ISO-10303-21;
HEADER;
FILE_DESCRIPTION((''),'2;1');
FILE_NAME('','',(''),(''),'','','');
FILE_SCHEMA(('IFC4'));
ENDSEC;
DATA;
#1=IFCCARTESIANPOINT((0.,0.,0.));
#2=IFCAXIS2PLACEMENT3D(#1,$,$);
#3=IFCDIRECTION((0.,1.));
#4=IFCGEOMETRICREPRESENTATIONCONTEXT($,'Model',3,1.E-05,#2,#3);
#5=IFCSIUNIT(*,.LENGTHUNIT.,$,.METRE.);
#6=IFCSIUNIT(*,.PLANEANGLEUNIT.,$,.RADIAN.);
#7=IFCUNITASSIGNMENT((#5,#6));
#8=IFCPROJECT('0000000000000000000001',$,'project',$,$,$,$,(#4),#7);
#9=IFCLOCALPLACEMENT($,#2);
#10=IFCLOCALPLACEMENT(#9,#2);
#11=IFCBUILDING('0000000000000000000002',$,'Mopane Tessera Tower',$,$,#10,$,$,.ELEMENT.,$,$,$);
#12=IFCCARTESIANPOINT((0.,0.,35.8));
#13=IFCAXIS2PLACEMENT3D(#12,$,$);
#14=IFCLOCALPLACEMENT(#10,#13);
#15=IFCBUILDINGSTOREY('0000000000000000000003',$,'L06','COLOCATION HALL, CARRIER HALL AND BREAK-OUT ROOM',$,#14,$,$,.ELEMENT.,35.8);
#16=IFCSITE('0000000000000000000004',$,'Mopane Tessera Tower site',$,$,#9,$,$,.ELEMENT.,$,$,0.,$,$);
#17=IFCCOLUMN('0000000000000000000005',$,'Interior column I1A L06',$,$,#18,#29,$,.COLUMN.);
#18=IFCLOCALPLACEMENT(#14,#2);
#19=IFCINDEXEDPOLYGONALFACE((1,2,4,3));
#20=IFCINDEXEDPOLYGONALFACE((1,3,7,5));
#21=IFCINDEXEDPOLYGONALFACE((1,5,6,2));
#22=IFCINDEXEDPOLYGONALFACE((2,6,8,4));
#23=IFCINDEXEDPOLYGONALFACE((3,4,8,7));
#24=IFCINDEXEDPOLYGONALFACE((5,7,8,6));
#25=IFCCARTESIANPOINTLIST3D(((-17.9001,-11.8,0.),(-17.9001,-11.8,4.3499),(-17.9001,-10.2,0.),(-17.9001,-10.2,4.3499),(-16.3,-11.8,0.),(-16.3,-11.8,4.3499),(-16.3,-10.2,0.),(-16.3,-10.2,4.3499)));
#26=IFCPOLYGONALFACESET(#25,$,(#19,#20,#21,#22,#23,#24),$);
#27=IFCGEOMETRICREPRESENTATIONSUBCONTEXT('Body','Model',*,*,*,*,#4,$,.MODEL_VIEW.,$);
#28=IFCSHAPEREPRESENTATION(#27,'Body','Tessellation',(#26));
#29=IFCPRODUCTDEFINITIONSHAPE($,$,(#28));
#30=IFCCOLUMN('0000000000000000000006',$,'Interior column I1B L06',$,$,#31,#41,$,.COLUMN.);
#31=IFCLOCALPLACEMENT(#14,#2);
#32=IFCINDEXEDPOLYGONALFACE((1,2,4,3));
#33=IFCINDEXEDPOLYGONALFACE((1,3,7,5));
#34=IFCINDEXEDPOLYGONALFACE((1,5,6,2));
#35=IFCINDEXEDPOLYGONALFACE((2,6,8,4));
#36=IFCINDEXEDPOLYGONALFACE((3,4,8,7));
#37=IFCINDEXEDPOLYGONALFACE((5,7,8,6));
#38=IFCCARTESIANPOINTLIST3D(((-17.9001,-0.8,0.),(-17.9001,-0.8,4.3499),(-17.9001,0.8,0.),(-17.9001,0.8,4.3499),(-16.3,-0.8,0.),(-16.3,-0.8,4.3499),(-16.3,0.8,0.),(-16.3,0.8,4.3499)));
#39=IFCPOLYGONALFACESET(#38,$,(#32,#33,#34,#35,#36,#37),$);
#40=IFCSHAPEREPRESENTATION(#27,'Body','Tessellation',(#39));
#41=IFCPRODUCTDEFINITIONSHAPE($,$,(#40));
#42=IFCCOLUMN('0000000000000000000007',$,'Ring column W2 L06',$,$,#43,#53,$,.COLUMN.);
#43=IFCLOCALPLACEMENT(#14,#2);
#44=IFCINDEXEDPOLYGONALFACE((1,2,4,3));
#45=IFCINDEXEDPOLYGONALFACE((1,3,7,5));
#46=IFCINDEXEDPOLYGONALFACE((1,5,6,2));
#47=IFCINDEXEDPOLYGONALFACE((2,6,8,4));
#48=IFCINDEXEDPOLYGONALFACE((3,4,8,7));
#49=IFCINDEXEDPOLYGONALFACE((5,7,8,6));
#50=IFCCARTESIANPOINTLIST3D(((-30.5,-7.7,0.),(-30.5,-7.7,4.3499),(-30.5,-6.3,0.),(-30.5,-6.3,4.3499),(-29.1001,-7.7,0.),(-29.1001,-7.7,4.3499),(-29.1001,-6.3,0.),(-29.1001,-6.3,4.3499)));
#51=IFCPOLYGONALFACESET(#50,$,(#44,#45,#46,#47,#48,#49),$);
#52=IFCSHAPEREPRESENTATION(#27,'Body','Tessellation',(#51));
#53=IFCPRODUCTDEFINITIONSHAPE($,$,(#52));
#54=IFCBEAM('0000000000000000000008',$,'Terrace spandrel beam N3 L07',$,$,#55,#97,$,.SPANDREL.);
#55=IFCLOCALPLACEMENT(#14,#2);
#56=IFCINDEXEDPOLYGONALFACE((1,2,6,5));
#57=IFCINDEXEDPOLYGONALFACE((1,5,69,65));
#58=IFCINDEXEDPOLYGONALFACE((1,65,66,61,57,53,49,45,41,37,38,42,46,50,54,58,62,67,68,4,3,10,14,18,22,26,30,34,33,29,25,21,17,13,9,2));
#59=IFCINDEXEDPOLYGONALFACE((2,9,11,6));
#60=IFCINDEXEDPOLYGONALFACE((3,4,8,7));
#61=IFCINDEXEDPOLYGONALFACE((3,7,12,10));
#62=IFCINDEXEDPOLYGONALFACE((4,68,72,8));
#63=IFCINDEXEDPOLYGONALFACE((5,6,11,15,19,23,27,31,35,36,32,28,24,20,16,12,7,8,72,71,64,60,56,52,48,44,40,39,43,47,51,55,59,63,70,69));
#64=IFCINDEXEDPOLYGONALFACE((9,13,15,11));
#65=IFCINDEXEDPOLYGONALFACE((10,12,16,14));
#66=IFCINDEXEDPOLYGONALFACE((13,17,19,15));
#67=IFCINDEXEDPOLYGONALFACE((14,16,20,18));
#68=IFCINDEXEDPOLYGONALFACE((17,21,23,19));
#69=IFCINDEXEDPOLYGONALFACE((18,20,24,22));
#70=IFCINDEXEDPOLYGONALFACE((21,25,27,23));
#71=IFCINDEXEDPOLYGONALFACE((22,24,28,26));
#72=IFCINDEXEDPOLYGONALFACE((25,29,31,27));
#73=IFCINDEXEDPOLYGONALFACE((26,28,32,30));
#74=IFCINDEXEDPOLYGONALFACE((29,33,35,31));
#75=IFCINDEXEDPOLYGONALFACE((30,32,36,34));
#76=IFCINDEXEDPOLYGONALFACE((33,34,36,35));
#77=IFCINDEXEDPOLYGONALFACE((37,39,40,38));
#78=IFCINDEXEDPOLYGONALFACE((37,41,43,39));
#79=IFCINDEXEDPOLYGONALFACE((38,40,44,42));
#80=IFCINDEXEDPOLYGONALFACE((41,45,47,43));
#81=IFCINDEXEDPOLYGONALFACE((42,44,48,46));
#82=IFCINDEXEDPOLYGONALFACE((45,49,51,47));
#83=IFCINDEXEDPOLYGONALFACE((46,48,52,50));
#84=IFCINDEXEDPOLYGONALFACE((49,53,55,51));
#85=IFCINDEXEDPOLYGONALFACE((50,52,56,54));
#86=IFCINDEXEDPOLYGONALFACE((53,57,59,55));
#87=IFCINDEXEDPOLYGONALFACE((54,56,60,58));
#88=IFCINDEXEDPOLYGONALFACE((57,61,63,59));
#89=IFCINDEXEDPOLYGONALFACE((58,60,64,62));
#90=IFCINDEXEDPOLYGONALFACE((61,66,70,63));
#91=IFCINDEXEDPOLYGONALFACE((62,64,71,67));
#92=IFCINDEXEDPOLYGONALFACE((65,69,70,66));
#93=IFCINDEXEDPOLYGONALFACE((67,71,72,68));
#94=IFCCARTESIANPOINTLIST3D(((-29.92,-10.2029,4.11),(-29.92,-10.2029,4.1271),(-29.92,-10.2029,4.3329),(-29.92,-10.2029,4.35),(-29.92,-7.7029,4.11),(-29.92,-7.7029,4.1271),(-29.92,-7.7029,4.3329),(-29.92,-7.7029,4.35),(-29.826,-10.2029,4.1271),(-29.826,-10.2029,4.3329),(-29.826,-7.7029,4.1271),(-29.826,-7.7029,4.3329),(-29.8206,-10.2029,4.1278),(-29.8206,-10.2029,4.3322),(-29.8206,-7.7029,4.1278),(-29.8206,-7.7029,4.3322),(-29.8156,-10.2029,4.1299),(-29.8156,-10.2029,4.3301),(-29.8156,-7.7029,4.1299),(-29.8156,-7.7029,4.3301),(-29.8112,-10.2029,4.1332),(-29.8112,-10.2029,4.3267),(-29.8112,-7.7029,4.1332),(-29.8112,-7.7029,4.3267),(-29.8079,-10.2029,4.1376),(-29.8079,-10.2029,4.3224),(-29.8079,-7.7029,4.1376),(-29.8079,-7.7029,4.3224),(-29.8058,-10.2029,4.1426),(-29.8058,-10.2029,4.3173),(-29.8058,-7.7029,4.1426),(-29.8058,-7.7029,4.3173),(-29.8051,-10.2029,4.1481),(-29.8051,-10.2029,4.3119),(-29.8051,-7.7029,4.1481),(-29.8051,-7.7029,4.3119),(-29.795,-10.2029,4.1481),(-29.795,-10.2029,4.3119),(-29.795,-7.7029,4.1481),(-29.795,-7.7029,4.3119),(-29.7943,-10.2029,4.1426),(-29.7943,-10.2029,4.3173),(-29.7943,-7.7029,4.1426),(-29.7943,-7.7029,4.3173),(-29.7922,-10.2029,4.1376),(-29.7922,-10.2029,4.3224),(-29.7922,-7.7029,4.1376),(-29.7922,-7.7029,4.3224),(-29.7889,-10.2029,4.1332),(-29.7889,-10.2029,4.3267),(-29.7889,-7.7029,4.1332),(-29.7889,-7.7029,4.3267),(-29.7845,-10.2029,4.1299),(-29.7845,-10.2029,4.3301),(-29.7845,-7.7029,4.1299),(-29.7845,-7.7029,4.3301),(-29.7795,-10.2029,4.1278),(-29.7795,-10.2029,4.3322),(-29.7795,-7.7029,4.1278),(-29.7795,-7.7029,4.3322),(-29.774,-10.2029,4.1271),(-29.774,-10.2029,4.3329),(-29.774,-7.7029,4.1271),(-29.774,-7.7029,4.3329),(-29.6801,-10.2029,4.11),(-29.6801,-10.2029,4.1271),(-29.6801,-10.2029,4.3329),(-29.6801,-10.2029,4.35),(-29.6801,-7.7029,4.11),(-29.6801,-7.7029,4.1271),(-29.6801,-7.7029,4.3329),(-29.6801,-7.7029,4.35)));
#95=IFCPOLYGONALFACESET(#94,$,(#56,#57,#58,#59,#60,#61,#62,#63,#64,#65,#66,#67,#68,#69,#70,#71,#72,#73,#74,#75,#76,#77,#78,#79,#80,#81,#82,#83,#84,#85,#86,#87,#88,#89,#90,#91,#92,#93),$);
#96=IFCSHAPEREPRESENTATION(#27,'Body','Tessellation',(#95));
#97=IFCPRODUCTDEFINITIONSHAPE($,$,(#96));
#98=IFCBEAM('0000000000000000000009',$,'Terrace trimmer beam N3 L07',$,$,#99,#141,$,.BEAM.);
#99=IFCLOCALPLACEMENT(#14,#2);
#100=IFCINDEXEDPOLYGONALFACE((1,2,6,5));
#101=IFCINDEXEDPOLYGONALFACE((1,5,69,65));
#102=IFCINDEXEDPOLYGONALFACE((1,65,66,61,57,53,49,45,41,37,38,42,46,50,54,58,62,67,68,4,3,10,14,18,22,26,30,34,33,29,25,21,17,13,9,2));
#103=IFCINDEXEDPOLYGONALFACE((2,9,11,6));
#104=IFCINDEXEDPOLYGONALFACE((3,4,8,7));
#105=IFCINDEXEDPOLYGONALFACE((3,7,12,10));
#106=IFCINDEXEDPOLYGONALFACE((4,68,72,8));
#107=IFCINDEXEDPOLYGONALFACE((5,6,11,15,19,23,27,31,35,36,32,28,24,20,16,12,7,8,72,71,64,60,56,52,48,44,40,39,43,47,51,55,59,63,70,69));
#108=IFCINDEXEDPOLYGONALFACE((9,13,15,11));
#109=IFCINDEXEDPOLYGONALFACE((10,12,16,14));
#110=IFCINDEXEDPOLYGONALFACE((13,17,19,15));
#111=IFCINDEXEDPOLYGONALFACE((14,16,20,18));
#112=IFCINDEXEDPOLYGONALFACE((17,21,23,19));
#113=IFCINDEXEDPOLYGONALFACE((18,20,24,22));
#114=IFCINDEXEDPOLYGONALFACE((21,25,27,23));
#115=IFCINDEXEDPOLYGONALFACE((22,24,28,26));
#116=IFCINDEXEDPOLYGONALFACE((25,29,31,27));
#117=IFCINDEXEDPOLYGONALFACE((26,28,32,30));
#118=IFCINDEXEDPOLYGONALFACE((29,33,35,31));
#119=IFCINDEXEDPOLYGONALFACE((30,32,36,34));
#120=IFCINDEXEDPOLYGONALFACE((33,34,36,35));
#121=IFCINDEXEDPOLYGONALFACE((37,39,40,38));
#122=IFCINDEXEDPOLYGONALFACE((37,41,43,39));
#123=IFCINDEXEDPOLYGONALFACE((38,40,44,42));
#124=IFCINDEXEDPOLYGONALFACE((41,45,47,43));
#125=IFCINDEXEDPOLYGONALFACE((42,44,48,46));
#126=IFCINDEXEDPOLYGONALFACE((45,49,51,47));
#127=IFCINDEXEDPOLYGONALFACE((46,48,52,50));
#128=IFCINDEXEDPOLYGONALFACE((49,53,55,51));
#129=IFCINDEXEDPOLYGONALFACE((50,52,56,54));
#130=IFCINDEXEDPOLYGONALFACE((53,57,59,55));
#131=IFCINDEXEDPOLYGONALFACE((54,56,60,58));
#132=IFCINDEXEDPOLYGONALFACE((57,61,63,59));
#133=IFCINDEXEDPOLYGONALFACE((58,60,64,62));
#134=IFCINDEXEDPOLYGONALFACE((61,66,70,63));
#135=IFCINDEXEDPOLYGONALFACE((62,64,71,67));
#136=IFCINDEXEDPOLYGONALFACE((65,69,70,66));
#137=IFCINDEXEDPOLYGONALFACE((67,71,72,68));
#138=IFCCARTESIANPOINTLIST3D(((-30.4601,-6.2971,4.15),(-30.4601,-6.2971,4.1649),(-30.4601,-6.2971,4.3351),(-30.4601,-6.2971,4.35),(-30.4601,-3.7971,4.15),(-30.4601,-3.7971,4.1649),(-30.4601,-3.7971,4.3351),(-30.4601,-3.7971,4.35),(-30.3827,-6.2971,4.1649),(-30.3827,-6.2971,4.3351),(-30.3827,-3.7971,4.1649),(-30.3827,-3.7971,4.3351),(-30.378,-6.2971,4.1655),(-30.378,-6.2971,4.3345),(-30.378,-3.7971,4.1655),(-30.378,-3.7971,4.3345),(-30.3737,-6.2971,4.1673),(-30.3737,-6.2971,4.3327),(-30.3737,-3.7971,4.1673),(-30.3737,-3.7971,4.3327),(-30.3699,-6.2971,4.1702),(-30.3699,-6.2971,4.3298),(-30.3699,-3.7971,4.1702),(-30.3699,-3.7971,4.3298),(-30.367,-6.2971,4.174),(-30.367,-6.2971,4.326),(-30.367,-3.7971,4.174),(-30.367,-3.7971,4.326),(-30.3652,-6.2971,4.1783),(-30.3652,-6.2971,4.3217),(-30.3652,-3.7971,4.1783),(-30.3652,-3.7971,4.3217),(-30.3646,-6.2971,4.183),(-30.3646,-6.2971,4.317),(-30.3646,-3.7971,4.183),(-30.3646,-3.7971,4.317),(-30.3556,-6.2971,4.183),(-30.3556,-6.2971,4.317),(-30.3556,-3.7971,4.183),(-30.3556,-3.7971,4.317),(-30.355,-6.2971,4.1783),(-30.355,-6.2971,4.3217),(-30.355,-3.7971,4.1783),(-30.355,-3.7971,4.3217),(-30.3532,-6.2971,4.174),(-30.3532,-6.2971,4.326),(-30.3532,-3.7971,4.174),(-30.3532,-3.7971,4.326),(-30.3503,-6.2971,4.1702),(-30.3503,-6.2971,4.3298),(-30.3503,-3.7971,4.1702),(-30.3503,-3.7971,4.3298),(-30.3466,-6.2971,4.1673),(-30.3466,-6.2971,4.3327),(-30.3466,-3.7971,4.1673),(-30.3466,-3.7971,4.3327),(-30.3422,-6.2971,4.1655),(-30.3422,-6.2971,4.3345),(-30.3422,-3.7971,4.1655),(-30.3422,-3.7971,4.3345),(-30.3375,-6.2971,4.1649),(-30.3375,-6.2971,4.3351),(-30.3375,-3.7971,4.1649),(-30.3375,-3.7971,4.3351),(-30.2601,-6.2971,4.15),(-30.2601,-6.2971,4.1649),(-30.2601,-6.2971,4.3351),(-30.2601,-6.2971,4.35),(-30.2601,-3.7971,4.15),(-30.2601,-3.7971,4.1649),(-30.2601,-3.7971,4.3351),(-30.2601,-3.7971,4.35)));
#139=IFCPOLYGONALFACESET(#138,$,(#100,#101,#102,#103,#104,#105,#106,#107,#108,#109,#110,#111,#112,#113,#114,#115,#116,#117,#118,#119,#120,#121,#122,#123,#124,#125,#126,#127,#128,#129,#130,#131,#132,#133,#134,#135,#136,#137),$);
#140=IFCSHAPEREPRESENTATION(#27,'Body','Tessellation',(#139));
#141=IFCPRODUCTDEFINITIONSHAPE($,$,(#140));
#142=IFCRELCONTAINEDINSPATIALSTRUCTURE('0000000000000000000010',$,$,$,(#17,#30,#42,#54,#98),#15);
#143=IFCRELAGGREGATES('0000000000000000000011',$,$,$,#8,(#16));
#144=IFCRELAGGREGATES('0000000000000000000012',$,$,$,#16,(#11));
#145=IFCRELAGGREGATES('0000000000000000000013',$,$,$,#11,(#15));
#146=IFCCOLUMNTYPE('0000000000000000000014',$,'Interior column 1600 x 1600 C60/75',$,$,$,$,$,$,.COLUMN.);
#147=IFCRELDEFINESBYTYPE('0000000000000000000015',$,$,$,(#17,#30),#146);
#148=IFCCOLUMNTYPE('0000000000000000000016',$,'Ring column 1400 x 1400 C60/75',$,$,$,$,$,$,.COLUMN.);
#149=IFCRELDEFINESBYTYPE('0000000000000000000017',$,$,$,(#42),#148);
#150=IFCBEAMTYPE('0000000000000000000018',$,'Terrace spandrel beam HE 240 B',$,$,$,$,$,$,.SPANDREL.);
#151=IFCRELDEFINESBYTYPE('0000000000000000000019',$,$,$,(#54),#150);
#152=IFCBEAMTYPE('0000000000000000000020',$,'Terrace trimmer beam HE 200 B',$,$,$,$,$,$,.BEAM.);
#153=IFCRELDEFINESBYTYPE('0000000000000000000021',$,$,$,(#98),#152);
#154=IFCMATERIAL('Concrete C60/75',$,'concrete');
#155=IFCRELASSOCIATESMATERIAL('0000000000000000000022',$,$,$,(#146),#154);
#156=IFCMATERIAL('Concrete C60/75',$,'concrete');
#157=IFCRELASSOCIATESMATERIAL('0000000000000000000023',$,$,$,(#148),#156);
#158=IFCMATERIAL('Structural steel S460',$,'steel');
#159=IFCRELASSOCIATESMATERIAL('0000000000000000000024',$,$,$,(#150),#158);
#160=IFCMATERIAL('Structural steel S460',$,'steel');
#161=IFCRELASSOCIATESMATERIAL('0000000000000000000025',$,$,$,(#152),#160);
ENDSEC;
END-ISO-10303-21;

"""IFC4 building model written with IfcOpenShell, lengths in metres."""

from ifc_helpers import new_model, si_unit, direction, frame, origin, origin_2d, place, context, subcontext, project, spatial, rectangle, i_section, extrude, material, material_profile, profile_set, type_object, element, save


model = new_model("IFC4")

# Units and contexts
model_context = context("Model", 3, precision=1e-05, world=origin(), true_north=direction((0.0, 1.0)))
body_context = subcontext(model_context, "Body", "Model", "MODEL_VIEW")
ifc_project = project(units=[si_unit("LENGTHUNIT", "METRE"), si_unit("PLANEANGLEUNIT", "RADIAN")], contexts=[model_context])

# Site, building, storey
site_placement = place(None, origin())
site = spatial("IfcSite", under=ifc_project, at=site_placement, Name="Mopane Tessera Tower site", CompositionType="ELEMENT", RefElevation=0.0)
building_placement = place(site_placement, origin())
building = spatial("IfcBuilding", under=site, at=building_placement, Name="Mopane Tessera Tower", CompositionType="ELEMENT")
storey_placement = place(building_placement, frame((0.0, 0.0, 35.8)))
storey = spatial("IfcBuildingStorey", under=building, at=storey_placement, Name="L06", Description="COLOCATION HALL, CARRIER HALL AND BREAK-OUT ROOM", CompositionType="ELEMENT", Elevation=35.8)

# Columns
ifc_material_1 = material(Name="Concrete C60/75", Category="concrete")
ifc_material_profile_1 = material_profile(ifc_material_1, rectangle(XDim=1.6001, YDim=1.6001, at=origin_2d()))
ifc_profile_set_1 = profile_set([ifc_material_profile_1], Name="Concrete C60/75")
column_type_1 = type_object("IfcColumnType", Name="Interior column 1600 x 1600 C60/75", PredefinedType="COLUMN", material=ifc_profile_set_1)
for number, where, z_axis, x_axis, name in (
    (1, (-17.1001, -11.0, 0.0), (0.0, 0.0, 1.0), (1.0, 0.0, 0.0), "Interior column I1A L06"),
    (2, (-17.1001, 0.0, 0.0), (0.0, 0.0, 1.0), (1.0, 0.0, 0.0), "Interior column I1B L06"),
):
    element("IfcColumn", number, at=place(storey_placement, frame(where, z_axis=z_axis, x_axis=x_axis)), inside=storey, type_object=column_type_1, Name=name, PredefinedType="COLUMN", context=body_context, shape_type="SweptSolid", body=[
        extrude(rectangle(XDim=1.6001, YDim=1.6001, at=origin_2d()), origin(), (0.0, 0.0, 1.0), 4.3499),
    ])
ifc_material_2 = material(Name="Concrete C60/75", Category="concrete")
ifc_material_profile_2 = material_profile(ifc_material_2, rectangle(XDim=1.3999, YDim=1.3999, at=origin_2d()))
ifc_profile_set_2 = profile_set([ifc_material_profile_2], Name="Concrete C60/75")
column_type_2 = type_object("IfcColumnType", Name="Ring column 1400 x 1400 C60/75", PredefinedType="COLUMN", material=ifc_profile_set_2)
column_placement = place(storey_placement, frame((-29.8, -7.0, 0.0), z_axis=(0.0, 0.0, 1.0), x_axis=(1.0, 0.0, 0.0)))
element("IfcColumn", 3, at=column_placement, inside=storey, type_object=column_type_2, Name="Ring column W2 L06", PredefinedType="COLUMN", context=body_context, shape_type="SweptSolid", body=[
    extrude(rectangle(XDim=1.3999, YDim=1.3999, at=origin_2d()), origin(), (0.0, 0.0, 1.0), 4.3499),
])

# Beams
ifc_material_3 = material(Name="Structural steel S460", Category="steel")
ifc_material_profile_3 = material_profile(ifc_material_3, i_section(OverallWidth=0.24, OverallDepth=0.24, WebThickness=0.01, FlangeThickness=0.0171, FilletRadius=0.021, at=origin_2d()))
ifc_profile_set_3 = profile_set([ifc_material_profile_3], Name="Structural steel S460")
beam_type_1 = type_object("IfcBeamType", Name="Terrace spandrel beam HE 240 B", PredefinedType="SPANDREL", material=ifc_profile_set_3)
beam_1_placement = place(storey_placement, frame((-29.8, -7.7029, 4.23), z_axis=(0.0, -1.0, 0.0), x_axis=(1.0, 0.0, 0.0)))
element("IfcBeam", 4, at=beam_1_placement, inside=storey, type_object=beam_type_1, Name="Terrace spandrel beam N3 L07", PredefinedType="SPANDREL", context=body_context, shape_type="SweptSolid", body=[
    extrude(i_section(OverallWidth=0.24, OverallDepth=0.24, WebThickness=0.01, FlangeThickness=0.0171, FilletRadius=0.021, at=origin_2d()), origin(), (0.0, 0.0, 1.0), 2.5),
])
ifc_material_4 = material(Name="Structural steel S460", Category="steel")
ifc_material_profile_4 = material_profile(ifc_material_4, i_section(OverallWidth=0.2, OverallDepth=0.2, WebThickness=0.009, FlangeThickness=0.0149, FilletRadius=0.0181, at=origin_2d()))
ifc_profile_set_4 = profile_set([ifc_material_profile_4], Name="Structural steel S460")
beam_type_2 = type_object("IfcBeamType", Name="Terrace trimmer beam HE 200 B", PredefinedType="BEAM", material=ifc_profile_set_4)
beam_2_placement = place(storey_placement, frame((-30.3601, -6.2971, 4.25), z_axis=(0.0, 1.0, 0.0), x_axis=(-1.0, 0.0, 0.0)))
element("IfcBeam", 5, at=beam_2_placement, inside=storey, type_object=beam_type_2, Name="Terrace trimmer beam N3 L07", PredefinedType="BEAM", context=body_context, shape_type="SweptSolid", body=[
    extrude(i_section(OverallWidth=0.2, OverallDepth=0.2, WebThickness=0.009, FlangeThickness=0.0149, FilletRadius=0.0181, at=origin_2d()), origin(), (0.0, 0.0, 1.0), 2.5),
])

save(model, "model.ifc")
